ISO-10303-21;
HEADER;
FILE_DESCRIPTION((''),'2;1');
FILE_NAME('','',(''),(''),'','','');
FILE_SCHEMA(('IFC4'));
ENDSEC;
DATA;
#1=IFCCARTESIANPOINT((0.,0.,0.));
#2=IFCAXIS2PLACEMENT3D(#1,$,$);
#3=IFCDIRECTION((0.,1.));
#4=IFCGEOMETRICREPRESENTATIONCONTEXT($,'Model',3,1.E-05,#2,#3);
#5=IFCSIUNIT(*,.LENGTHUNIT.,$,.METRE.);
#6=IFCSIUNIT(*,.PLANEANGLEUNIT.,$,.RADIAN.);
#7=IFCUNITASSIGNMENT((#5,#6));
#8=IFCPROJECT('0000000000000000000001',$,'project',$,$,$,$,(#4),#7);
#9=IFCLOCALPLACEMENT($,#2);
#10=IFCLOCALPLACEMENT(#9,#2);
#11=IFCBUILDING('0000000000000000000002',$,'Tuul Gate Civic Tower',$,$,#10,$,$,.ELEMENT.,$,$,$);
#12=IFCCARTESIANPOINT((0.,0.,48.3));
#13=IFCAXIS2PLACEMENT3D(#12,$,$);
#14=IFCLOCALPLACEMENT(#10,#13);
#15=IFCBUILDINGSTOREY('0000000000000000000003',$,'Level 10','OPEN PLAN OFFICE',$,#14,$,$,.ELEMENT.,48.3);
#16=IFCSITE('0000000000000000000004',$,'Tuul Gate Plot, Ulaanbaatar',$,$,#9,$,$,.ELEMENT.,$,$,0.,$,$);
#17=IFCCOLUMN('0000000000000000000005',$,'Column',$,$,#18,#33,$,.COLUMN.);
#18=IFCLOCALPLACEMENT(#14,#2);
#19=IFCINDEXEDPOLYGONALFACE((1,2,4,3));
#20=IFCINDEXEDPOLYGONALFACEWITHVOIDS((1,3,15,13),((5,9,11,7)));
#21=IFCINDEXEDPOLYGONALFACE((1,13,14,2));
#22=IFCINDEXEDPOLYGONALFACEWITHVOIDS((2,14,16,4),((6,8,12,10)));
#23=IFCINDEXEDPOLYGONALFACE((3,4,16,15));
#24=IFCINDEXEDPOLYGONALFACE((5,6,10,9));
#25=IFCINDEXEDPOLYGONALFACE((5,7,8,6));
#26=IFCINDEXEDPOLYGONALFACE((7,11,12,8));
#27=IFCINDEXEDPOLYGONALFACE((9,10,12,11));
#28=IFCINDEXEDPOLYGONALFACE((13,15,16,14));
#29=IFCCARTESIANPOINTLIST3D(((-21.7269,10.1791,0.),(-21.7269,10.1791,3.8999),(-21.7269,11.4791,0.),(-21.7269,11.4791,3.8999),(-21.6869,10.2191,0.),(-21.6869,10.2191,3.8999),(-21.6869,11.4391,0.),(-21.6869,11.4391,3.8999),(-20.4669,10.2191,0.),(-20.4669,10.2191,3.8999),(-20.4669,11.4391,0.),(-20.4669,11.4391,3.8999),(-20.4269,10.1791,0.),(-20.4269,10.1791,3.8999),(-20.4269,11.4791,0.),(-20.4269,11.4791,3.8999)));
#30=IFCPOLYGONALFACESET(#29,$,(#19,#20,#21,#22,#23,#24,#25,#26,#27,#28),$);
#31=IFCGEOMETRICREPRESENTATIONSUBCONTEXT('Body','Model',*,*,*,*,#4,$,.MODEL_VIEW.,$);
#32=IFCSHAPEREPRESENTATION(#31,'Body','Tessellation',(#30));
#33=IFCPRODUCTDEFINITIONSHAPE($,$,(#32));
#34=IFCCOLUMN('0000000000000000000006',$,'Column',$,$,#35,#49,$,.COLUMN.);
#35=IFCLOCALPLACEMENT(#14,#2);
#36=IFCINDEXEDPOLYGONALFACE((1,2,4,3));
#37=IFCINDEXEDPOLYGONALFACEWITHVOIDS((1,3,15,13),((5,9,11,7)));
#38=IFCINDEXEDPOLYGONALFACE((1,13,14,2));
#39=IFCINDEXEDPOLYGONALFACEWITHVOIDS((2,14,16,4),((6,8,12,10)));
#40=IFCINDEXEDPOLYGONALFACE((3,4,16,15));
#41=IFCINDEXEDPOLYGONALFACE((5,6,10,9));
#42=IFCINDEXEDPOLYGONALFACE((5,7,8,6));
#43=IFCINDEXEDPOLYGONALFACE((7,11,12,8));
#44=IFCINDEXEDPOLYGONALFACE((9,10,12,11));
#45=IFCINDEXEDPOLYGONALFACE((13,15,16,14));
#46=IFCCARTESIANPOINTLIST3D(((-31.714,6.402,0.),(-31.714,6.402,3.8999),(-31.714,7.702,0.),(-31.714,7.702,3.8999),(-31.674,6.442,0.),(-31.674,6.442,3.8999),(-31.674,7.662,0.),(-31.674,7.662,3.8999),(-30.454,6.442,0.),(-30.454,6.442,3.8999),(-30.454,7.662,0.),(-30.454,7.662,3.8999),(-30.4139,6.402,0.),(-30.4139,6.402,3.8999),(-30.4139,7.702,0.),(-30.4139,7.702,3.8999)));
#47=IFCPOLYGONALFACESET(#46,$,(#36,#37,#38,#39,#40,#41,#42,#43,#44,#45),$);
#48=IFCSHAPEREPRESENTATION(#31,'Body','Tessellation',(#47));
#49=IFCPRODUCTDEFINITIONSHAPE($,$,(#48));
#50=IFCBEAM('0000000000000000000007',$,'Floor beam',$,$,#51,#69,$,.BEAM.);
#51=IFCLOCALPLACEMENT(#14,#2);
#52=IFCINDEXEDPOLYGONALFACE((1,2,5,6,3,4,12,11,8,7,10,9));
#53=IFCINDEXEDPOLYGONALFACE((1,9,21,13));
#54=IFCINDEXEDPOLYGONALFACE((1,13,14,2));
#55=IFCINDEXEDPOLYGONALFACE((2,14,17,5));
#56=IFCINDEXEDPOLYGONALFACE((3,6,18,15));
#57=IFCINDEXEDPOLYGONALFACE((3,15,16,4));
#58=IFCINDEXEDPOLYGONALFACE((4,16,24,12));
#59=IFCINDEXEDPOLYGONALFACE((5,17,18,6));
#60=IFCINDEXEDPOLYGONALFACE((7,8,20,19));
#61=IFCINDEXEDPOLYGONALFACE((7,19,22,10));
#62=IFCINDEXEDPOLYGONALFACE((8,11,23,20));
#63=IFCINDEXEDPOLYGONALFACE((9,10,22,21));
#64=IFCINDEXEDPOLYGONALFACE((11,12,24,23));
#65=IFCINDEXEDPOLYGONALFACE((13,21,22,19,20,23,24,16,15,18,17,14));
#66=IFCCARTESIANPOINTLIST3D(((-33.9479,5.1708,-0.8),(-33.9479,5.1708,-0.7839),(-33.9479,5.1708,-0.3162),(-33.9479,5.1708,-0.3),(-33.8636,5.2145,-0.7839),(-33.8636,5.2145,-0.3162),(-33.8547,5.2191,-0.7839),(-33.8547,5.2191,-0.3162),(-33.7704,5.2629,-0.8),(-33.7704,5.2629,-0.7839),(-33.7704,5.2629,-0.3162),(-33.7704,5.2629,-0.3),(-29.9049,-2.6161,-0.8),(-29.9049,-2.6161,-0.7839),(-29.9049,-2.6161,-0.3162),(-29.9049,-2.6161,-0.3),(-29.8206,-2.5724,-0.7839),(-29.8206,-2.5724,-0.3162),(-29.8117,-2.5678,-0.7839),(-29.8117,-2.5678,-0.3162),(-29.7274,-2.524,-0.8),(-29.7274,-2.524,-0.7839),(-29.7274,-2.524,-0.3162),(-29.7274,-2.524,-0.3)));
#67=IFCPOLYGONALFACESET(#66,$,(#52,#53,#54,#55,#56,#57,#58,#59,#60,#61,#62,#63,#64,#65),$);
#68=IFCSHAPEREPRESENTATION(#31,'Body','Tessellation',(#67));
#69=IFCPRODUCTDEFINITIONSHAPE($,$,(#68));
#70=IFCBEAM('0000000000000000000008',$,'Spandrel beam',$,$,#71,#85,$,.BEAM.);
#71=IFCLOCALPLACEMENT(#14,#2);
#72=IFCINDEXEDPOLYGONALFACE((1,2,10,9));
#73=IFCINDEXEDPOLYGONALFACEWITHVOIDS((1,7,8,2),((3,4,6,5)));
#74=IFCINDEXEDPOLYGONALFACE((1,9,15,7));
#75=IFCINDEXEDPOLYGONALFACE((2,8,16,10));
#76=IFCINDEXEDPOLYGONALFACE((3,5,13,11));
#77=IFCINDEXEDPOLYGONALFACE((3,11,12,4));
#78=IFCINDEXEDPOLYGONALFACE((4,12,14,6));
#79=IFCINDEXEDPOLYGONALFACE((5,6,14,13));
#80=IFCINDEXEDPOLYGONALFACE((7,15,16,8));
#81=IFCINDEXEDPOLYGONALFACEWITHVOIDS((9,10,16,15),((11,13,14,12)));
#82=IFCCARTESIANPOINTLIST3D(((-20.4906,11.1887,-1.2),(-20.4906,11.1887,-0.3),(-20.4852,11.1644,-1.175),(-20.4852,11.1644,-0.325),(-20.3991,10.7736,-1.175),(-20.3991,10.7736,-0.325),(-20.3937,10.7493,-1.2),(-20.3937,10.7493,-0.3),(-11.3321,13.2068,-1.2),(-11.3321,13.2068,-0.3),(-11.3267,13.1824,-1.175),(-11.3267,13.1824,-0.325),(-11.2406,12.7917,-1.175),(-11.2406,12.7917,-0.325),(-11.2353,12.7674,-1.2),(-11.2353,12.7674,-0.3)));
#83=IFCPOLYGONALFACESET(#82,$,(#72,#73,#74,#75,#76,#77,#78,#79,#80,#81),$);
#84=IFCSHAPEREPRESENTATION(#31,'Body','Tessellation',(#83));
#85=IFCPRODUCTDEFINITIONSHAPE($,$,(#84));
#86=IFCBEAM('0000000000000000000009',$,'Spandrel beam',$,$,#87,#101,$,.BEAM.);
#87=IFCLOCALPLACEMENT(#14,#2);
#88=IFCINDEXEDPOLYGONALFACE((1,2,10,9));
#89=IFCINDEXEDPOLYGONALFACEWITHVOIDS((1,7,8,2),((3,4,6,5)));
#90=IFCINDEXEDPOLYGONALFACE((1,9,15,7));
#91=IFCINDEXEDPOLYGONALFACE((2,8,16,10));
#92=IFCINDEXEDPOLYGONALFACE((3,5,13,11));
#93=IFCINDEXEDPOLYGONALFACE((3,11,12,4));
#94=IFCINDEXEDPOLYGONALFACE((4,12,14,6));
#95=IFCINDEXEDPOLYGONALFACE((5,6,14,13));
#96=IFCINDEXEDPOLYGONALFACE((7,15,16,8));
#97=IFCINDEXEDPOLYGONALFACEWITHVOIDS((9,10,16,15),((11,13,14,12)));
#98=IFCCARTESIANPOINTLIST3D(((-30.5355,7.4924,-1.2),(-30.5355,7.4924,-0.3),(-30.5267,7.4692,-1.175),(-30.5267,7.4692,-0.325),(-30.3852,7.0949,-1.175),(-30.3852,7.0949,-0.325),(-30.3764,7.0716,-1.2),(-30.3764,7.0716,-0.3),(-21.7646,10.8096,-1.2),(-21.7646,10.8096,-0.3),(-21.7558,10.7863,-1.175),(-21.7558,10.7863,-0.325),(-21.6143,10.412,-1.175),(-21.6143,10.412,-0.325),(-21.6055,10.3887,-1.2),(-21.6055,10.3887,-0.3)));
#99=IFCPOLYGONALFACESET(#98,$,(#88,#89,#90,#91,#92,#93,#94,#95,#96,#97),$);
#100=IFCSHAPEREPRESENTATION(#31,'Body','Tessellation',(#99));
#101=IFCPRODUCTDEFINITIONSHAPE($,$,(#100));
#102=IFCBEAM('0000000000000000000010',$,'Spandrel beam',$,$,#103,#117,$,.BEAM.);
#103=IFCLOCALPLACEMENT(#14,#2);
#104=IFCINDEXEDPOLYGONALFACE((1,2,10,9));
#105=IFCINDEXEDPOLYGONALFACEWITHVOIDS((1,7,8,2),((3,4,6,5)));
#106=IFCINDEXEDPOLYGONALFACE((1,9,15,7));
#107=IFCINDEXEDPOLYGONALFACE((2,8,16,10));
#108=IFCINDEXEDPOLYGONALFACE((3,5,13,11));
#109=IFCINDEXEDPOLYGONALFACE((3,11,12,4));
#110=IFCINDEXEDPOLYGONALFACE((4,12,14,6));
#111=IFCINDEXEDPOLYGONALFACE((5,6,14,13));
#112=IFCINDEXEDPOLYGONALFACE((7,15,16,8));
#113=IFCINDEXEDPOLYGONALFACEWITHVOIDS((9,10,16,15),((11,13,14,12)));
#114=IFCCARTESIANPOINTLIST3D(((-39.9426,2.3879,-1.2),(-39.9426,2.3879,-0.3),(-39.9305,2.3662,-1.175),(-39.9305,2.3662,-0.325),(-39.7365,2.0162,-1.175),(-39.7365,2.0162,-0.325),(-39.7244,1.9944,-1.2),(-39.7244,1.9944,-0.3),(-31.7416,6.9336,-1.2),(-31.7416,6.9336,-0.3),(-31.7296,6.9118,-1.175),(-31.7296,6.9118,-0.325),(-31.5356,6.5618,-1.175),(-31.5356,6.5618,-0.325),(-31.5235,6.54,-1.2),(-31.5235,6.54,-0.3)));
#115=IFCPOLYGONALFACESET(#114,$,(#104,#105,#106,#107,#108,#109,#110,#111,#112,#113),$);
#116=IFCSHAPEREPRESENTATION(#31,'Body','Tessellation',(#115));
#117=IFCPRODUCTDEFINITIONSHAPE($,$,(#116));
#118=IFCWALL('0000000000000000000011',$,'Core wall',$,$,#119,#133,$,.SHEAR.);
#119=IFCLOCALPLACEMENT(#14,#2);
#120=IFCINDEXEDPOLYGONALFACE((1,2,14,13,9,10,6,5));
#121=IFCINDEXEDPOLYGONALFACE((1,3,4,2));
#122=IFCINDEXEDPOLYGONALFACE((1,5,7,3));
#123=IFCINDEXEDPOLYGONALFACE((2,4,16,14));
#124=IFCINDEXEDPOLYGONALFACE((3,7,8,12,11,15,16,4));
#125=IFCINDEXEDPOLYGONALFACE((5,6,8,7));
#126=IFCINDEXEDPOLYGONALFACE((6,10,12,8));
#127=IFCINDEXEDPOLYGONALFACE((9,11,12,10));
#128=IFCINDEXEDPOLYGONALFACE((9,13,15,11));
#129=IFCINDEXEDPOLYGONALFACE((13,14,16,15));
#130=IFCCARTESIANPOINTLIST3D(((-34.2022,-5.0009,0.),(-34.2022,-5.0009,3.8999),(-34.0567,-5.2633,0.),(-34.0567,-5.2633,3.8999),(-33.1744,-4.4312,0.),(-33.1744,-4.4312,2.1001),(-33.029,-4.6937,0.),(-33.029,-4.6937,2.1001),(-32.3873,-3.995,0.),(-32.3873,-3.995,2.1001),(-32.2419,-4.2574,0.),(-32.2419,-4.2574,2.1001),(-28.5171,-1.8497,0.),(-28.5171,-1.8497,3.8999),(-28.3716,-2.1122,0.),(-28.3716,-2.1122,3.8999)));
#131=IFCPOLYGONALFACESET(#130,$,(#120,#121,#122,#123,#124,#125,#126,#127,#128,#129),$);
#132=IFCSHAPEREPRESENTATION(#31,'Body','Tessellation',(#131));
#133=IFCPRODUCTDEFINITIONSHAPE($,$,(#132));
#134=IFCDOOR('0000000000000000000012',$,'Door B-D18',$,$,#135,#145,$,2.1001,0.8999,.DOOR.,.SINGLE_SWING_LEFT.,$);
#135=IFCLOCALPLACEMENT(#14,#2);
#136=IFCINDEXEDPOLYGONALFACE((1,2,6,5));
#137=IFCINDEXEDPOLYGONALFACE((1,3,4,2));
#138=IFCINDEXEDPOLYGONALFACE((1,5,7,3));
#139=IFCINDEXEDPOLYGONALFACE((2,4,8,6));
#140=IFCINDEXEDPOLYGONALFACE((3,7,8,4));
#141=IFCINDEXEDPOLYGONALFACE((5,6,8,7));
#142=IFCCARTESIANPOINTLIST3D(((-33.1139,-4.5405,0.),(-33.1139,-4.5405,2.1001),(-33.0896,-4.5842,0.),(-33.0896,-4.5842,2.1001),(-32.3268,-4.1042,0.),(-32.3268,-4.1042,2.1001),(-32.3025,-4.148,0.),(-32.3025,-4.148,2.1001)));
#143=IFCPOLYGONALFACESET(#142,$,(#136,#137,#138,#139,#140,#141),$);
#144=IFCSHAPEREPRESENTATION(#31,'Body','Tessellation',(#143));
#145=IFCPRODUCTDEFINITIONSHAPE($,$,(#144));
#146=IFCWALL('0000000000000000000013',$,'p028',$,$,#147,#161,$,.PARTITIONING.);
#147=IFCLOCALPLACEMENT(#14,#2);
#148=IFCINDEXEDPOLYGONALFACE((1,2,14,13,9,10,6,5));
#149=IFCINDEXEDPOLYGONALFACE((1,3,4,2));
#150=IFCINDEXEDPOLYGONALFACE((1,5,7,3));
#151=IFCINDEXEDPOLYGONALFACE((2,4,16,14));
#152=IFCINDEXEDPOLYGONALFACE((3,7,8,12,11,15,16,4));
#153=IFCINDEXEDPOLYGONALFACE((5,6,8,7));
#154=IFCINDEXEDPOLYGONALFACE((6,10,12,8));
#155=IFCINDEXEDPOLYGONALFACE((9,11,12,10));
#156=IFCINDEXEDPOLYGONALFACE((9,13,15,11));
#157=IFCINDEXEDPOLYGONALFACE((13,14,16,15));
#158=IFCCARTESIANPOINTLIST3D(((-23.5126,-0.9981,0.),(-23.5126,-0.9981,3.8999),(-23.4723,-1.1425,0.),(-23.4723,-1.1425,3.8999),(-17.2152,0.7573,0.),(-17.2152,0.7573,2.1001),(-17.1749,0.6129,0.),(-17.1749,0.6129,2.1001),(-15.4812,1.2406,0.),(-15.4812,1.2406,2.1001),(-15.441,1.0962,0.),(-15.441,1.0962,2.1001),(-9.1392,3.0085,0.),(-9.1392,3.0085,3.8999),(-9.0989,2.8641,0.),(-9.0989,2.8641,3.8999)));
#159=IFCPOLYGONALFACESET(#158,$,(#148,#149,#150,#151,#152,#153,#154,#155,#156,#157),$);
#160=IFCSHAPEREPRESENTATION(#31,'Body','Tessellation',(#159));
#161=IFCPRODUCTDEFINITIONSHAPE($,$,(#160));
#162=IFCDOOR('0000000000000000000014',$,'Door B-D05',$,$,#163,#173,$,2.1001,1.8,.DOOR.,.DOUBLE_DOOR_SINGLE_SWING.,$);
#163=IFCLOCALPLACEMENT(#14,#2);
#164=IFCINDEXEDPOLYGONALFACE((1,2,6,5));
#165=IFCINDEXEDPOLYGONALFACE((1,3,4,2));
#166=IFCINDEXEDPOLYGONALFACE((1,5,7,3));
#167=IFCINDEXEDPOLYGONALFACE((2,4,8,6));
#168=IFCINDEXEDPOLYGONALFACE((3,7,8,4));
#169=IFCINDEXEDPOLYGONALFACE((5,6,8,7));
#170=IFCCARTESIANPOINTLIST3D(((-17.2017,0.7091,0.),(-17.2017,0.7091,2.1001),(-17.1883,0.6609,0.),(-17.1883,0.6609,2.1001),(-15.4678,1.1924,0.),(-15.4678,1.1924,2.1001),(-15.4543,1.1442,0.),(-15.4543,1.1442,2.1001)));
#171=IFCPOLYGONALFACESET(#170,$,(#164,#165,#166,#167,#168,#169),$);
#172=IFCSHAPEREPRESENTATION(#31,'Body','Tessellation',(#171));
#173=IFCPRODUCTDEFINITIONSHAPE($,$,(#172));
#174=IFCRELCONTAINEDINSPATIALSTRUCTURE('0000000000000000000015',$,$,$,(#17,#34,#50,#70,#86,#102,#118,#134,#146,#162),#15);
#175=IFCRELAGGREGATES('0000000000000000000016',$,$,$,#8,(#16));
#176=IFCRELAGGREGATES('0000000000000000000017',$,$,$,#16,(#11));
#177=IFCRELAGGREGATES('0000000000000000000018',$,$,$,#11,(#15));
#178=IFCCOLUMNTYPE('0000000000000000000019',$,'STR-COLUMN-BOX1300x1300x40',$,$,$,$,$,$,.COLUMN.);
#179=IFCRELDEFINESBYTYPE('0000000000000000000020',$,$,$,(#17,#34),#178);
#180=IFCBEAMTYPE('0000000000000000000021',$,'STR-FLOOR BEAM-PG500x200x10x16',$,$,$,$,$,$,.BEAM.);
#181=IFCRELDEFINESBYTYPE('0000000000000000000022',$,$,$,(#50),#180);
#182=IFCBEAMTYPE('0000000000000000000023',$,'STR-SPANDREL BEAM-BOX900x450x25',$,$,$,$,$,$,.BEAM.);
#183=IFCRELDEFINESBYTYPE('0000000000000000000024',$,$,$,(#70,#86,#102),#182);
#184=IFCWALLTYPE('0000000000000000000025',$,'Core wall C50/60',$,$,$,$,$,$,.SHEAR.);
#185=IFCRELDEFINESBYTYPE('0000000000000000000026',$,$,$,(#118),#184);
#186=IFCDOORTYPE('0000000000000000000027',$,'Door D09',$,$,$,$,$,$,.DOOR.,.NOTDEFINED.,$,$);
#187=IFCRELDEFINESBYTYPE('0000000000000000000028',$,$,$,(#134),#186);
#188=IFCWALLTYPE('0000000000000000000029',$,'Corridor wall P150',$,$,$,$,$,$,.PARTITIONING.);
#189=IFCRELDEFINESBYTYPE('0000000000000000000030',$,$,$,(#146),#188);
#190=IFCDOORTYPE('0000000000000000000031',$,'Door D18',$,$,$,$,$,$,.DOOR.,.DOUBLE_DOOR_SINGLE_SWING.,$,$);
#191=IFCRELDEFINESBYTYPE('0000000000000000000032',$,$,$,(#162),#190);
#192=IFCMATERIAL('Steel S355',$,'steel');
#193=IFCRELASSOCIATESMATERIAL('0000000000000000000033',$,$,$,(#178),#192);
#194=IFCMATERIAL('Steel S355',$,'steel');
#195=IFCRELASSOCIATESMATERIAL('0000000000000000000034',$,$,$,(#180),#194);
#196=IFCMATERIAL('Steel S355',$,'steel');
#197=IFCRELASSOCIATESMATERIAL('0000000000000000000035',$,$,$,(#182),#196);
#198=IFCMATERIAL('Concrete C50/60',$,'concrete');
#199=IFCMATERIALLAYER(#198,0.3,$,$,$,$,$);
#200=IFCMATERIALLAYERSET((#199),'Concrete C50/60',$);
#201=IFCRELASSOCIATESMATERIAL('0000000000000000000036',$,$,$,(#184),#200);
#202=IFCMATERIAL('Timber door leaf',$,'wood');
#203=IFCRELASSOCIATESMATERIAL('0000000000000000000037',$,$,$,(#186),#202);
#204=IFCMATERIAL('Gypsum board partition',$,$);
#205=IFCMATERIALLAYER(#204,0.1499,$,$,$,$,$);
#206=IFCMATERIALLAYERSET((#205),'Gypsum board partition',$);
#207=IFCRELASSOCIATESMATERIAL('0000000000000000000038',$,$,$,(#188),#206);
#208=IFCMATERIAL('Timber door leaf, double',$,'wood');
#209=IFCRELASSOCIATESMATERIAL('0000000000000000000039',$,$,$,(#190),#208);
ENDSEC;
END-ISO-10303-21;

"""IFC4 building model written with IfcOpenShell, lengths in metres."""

from ifc_helpers import new_model, si_unit, direction, frame, frame_2d, origin, origin_2d, place, context, subcontext, project, spatial, rectangle, hollow_rectangle, i_section, extrude, material, layer, layer_set, material_profile, profile_set, type_object, element, fill, save


model = new_model("IFC4")

# Units and contexts
model_context = context("Model", 3, precision=1e-05, world=origin(), true_north=direction((0.0, 1.0)))
body_context = subcontext(model_context, "Body", "Model", "MODEL_VIEW")
ifc_project = project(units=[si_unit("LENGTHUNIT", "METRE"), si_unit("PLANEANGLEUNIT", "RADIAN")], contexts=[model_context])

# Site, building, storey
site_placement = place(None, origin())
site = spatial("IfcSite", under=ifc_project, at=site_placement, Name="Tuul Gate Plot, Ulaanbaatar", CompositionType="ELEMENT", RefElevation=0.0)
building_placement = place(site_placement, origin())
building = spatial("IfcBuilding", under=site, at=building_placement, Name="Tuul Gate Civic Tower", CompositionType="ELEMENT")
storey_placement = place(building_placement, frame((0.0, 0.0, 48.3)))
storey = spatial("IfcBuildingStorey", under=building, at=storey_placement, Name="Level 10", Description="OPEN PLAN OFFICE", CompositionType="ELEMENT", Elevation=48.3)

# Columns
ifc_material_1 = material(Name="Steel S355", Category="steel")
ifc_material_profile_1 = material_profile(ifc_material_1, hollow_rectangle(XDim=1.3, YDim=1.3, WallThickness=0.04, at=origin_2d()), Name="BOX1300x1300x40")
ifc_profile_set_1 = profile_set([ifc_material_profile_1], Name="Steel S355")
column_type = type_object("IfcColumnType", Name="STR-COLUMN-BOX1300x1300x40", PredefinedType="COLUMN", material=ifc_profile_set_1)
for number, where, z_axis, x_axis, name in (
    (1, (-21.0769, 10.8291, 0.0), (0.0, 0.0, 1.0), (1.0, 0.0, 0.0), "Column"),
    (2, (-31.064, 7.052, 0.0), (0.0, 0.0, 1.0), (1.0, 0.0, 0.0), "Column"),
):
    element("IfcColumn", number, at=place(storey_placement, frame(where, z_axis=z_axis, x_axis=x_axis)), inside=storey, type_object=column_type, Name=name, PredefinedType="COLUMN", context=body_context, shape_type="SweptSolid", body=[
        extrude(hollow_rectangle(XDim=1.3, YDim=1.3, WallThickness=0.04, at=origin_2d()), origin(), (0.0, 0.0, 1.0), 3.8999),
    ])

# Beams
ifc_material_2 = material(Name="Steel S355", Category="steel")
ifc_material_profile_2 = material_profile(ifc_material_2, i_section(OverallWidth=0.2, OverallDepth=0.5, WebThickness=0.01, FlangeThickness=0.0161, at=origin_2d()), Name="PG500x200x10x16")
ifc_profile_set_2 = profile_set([ifc_material_profile_2], Name="Steel S355")
beam_type_1 = type_object("IfcBeamType", Name="STR-FLOOR BEAM-PG500x200x10x16", PredefinedType="BEAM", material=ifc_profile_set_2)
beam_1_placement = place(storey_placement, frame((-29.8162, -2.5701, -0.55), z_axis=(-0.460796, 0.887506, 0.0), x_axis=(-0.887506, -0.460796, 0.0)))
element("IfcBeam", 3, at=beam_1_placement, inside=storey, type_object=beam_type_1, Name="Floor beam", PredefinedType="BEAM", context=body_context, shape_type="SweptSolid", body=[
    extrude(i_section(OverallWidth=0.2, OverallDepth=0.5, WebThickness=0.01, FlangeThickness=0.0161, at=origin_2d()), origin(), (0.0, 0.0, 1.0), 8.7739),
])
ifc_material_3 = material(Name="Steel S355", Category="steel")
ifc_material_profile_3 = material_profile(ifc_material_3, hollow_rectangle(XDim=0.45, YDim=0.8999, WallThickness=0.0249, at=origin_2d()), Name="BOX900x450x25")
ifc_profile_set_3 = profile_set([ifc_material_profile_3], Name="Steel S355")
beam_type_2 = type_object("IfcBeamType", Name="STR-SPANDREL BEAM-BOX900x450x25", PredefinedType="BEAM", material=ifc_profile_set_3)
beam_2_placement = place(storey_placement, frame((-11.2837, 12.9871, -0.75), z_axis=(-0.976573, -0.215188, 0.0), x_axis=(0.215188, -0.976573, 0.0)))
element("IfcBeam", 4, at=beam_2_placement, inside=storey, type_object=beam_type_2, Name="Spandrel beam", PredefinedType="BEAM", context=body_context, shape_type="SweptSolid", body=[
    extrude(hollow_rectangle(XDim=0.45, YDim=0.8999, WallThickness=0.0249, at=origin_2d()), origin(), (0.0, 0.0, 1.0), 9.3782),
])
beam_3_placement = place(storey_placement, frame((-21.6851, 10.5991, -0.75), z_axis=(-0.935343, -0.353741, 0.0), x_axis=(0.353741, -0.935343, 0.0)))
element("IfcBeam", 5, at=beam_3_placement, inside=storey, type_object=beam_type_2, Name="Spandrel beam", PredefinedType="BEAM", context=body_context, shape_type="SweptSolid", body=[
    extrude(hollow_rectangle(XDim=0.45, YDim=0.8999, WallThickness=0.0249, at=origin_2d()), origin(), (0.0, 0.0, 1.0), 9.3772),
])
beam_4_placement = place(storey_placement, frame((-31.6326, 6.7368, -0.75), z_axis=(-0.874628, -0.484794, 0.0), x_axis=(0.484794, -0.874628, 0.0)))
element("IfcBeam", 6, at=beam_4_placement, inside=storey, type_object=beam_type_2, Name="Spandrel beam", PredefinedType="BEAM", context=body_context, shape_type="SweptSolid", body=[
    extrude(hollow_rectangle(XDim=0.45, YDim=0.8999, WallThickness=0.0249, at=origin_2d()), origin(), (0.0, 0.0, 1.0), 9.3765),
])

# Walls, openings, doors
ifc_material_4 = material(Name="Concrete C50/60", Category="concrete")
ifc_layer_1 = layer(ifc_material_4, 0.3)
ifc_layer_set_1 = layer_set([ifc_layer_1], Name="Concrete C50/60")
wall_type_1 = type_object("IfcWallType", Name="Core wall C50/60", PredefinedType="SHEAR", material=ifc_layer_set_1)
wall_1_placement = place(storey_placement, frame((-28.4443, -1.981, 0.0), z_axis=(0.0, 0.0, 1.0), x_axis=(-0.87463, -0.484791, 0.0)))
wall_1 = element("IfcWall", 7, at=wall_1_placement, inside=storey, type_object=wall_type_1, Name="Core wall", PredefinedType="SHEAR", context=body_context, shape_type="SweptSolid", body=[
    extrude(rectangle(XDim=6.5, YDim=0.3, at=frame_2d((3.25, 0.0))), origin(), (0.0, 0.0, 1.0), 3.8999),
])
opening_1_placement = place(wall_1_placement, frame((4.425, 0.0, 0.0)))
opening_1 = element("IfcOpeningElement", 8, at=opening_1_placement, cuts=wall_1, PredefinedType="OPENING", context=body_context, shape_type="SweptSolid", body=[
    extrude(rectangle(XDim=0.8999, YDim=2.1001, at=frame_2d((0.45, 1.05))), frame((0.0, 0.1602, 0.0), z_axis=(0.0, -1.0, 0.0), x_axis=(1.0, 0.0, 0.0)), (0.0, 0.0, 1.0), 0.3201),
])
ifc_material_5 = material(Name="Timber door leaf", Category="wood")
door_type_1 = type_object("IfcDoorType", Name="Door D09", OperationType="NOTDEFINED", PredefinedType="DOOR", material=ifc_material_5)
door_1_placement = place(opening_1_placement, origin())
door_1 = element("IfcDoor", 9, at=door_1_placement, inside=storey, type_object=door_type_1, Name="Door B-D18", OperationType="SINGLE_SWING_LEFT", OverallHeight=2.1001, OverallWidth=0.8999, PredefinedType="DOOR", context=body_context, shape_type="SweptSolid", body=[
    extrude(rectangle(XDim=0.8999, YDim=2.1001, at=frame_2d((0.45, 1.05))), frame((0.0, 0.0249, 0.0), z_axis=(0.0, -1.0, 0.0), x_axis=(1.0, 0.0, 0.0)), (0.0, 0.0, 1.0), 0.05),
])
fill(opening_1, door_1)
ifc_material_6 = material(Name="Gypsum board partition")
ifc_layer_2 = layer(ifc_material_6, 0.1499)
ifc_layer_set_2 = layer_set([ifc_layer_2], Name="Gypsum board partition")
wall_type_2 = type_object("IfcWallType", Name="Corridor wall P150", PredefinedType="PARTITIONING", material=ifc_layer_set_2)
wall_2_placement = place(storey_placement, frame((-23.4924, -1.0703, 0.0), z_axis=(0.0, 0.0, 1.0), x_axis=(0.963275, 0.268515, 0.0)))
wall_2 = element("IfcWall", 10, at=wall_2_placement, inside=storey, type_object=wall_type_2, Name="p028", PredefinedType="PARTITIONING", context=body_context, shape_type="SweptSolid", body=[
    extrude(rectangle(XDim=14.9214, YDim=0.1499, at=frame_2d((7.4607, 0.0))), origin(), (0.0, 0.0, 1.0), 3.8999),
])
opening_2_placement = place(wall_2_placement, frame((6.5376, 0.0, 0.0)))
opening_2 = element("IfcOpeningElement", 11, at=opening_2_placement, cuts=wall_2, PredefinedType="OPENING", context=body_context, shape_type="SweptSolid", body=[
    extrude(rectangle(XDim=1.8, YDim=2.1001, at=frame_2d((0.8999, 1.05))), frame((0.0, 0.085, 0.0), z_axis=(0.0, -1.0, 0.0), x_axis=(1.0, 0.0, 0.0)), (0.0, 0.0, 1.0), 0.1699),
])
ifc_material_7 = material(Name="Timber door leaf, double", Category="wood")
door_type_2 = type_object("IfcDoorType", Name="Door D18", OperationType="DOUBLE_DOOR_SINGLE_SWING", PredefinedType="DOOR", material=ifc_material_7)
door_2_placement = place(opening_2_placement, origin())
door_2 = element("IfcDoor", 12, at=door_2_placement, inside=storey, type_object=door_type_2, Name="Door B-D05", OperationType="DOUBLE_DOOR_SINGLE_SWING", OverallHeight=2.1001, OverallWidth=1.8, PredefinedType="DOOR", context=body_context, shape_type="SweptSolid", body=[
    extrude(rectangle(XDim=1.8, YDim=2.1001, at=frame_2d((0.8999, 1.05))), frame((0.0, 0.0249, 0.0), z_axis=(0.0, -1.0, 0.0), x_axis=(1.0, 0.0, 0.0)), (0.0, 0.0, 1.0), 0.05),
])
fill(opening_2, door_2)

save(model, "model.ifc")
